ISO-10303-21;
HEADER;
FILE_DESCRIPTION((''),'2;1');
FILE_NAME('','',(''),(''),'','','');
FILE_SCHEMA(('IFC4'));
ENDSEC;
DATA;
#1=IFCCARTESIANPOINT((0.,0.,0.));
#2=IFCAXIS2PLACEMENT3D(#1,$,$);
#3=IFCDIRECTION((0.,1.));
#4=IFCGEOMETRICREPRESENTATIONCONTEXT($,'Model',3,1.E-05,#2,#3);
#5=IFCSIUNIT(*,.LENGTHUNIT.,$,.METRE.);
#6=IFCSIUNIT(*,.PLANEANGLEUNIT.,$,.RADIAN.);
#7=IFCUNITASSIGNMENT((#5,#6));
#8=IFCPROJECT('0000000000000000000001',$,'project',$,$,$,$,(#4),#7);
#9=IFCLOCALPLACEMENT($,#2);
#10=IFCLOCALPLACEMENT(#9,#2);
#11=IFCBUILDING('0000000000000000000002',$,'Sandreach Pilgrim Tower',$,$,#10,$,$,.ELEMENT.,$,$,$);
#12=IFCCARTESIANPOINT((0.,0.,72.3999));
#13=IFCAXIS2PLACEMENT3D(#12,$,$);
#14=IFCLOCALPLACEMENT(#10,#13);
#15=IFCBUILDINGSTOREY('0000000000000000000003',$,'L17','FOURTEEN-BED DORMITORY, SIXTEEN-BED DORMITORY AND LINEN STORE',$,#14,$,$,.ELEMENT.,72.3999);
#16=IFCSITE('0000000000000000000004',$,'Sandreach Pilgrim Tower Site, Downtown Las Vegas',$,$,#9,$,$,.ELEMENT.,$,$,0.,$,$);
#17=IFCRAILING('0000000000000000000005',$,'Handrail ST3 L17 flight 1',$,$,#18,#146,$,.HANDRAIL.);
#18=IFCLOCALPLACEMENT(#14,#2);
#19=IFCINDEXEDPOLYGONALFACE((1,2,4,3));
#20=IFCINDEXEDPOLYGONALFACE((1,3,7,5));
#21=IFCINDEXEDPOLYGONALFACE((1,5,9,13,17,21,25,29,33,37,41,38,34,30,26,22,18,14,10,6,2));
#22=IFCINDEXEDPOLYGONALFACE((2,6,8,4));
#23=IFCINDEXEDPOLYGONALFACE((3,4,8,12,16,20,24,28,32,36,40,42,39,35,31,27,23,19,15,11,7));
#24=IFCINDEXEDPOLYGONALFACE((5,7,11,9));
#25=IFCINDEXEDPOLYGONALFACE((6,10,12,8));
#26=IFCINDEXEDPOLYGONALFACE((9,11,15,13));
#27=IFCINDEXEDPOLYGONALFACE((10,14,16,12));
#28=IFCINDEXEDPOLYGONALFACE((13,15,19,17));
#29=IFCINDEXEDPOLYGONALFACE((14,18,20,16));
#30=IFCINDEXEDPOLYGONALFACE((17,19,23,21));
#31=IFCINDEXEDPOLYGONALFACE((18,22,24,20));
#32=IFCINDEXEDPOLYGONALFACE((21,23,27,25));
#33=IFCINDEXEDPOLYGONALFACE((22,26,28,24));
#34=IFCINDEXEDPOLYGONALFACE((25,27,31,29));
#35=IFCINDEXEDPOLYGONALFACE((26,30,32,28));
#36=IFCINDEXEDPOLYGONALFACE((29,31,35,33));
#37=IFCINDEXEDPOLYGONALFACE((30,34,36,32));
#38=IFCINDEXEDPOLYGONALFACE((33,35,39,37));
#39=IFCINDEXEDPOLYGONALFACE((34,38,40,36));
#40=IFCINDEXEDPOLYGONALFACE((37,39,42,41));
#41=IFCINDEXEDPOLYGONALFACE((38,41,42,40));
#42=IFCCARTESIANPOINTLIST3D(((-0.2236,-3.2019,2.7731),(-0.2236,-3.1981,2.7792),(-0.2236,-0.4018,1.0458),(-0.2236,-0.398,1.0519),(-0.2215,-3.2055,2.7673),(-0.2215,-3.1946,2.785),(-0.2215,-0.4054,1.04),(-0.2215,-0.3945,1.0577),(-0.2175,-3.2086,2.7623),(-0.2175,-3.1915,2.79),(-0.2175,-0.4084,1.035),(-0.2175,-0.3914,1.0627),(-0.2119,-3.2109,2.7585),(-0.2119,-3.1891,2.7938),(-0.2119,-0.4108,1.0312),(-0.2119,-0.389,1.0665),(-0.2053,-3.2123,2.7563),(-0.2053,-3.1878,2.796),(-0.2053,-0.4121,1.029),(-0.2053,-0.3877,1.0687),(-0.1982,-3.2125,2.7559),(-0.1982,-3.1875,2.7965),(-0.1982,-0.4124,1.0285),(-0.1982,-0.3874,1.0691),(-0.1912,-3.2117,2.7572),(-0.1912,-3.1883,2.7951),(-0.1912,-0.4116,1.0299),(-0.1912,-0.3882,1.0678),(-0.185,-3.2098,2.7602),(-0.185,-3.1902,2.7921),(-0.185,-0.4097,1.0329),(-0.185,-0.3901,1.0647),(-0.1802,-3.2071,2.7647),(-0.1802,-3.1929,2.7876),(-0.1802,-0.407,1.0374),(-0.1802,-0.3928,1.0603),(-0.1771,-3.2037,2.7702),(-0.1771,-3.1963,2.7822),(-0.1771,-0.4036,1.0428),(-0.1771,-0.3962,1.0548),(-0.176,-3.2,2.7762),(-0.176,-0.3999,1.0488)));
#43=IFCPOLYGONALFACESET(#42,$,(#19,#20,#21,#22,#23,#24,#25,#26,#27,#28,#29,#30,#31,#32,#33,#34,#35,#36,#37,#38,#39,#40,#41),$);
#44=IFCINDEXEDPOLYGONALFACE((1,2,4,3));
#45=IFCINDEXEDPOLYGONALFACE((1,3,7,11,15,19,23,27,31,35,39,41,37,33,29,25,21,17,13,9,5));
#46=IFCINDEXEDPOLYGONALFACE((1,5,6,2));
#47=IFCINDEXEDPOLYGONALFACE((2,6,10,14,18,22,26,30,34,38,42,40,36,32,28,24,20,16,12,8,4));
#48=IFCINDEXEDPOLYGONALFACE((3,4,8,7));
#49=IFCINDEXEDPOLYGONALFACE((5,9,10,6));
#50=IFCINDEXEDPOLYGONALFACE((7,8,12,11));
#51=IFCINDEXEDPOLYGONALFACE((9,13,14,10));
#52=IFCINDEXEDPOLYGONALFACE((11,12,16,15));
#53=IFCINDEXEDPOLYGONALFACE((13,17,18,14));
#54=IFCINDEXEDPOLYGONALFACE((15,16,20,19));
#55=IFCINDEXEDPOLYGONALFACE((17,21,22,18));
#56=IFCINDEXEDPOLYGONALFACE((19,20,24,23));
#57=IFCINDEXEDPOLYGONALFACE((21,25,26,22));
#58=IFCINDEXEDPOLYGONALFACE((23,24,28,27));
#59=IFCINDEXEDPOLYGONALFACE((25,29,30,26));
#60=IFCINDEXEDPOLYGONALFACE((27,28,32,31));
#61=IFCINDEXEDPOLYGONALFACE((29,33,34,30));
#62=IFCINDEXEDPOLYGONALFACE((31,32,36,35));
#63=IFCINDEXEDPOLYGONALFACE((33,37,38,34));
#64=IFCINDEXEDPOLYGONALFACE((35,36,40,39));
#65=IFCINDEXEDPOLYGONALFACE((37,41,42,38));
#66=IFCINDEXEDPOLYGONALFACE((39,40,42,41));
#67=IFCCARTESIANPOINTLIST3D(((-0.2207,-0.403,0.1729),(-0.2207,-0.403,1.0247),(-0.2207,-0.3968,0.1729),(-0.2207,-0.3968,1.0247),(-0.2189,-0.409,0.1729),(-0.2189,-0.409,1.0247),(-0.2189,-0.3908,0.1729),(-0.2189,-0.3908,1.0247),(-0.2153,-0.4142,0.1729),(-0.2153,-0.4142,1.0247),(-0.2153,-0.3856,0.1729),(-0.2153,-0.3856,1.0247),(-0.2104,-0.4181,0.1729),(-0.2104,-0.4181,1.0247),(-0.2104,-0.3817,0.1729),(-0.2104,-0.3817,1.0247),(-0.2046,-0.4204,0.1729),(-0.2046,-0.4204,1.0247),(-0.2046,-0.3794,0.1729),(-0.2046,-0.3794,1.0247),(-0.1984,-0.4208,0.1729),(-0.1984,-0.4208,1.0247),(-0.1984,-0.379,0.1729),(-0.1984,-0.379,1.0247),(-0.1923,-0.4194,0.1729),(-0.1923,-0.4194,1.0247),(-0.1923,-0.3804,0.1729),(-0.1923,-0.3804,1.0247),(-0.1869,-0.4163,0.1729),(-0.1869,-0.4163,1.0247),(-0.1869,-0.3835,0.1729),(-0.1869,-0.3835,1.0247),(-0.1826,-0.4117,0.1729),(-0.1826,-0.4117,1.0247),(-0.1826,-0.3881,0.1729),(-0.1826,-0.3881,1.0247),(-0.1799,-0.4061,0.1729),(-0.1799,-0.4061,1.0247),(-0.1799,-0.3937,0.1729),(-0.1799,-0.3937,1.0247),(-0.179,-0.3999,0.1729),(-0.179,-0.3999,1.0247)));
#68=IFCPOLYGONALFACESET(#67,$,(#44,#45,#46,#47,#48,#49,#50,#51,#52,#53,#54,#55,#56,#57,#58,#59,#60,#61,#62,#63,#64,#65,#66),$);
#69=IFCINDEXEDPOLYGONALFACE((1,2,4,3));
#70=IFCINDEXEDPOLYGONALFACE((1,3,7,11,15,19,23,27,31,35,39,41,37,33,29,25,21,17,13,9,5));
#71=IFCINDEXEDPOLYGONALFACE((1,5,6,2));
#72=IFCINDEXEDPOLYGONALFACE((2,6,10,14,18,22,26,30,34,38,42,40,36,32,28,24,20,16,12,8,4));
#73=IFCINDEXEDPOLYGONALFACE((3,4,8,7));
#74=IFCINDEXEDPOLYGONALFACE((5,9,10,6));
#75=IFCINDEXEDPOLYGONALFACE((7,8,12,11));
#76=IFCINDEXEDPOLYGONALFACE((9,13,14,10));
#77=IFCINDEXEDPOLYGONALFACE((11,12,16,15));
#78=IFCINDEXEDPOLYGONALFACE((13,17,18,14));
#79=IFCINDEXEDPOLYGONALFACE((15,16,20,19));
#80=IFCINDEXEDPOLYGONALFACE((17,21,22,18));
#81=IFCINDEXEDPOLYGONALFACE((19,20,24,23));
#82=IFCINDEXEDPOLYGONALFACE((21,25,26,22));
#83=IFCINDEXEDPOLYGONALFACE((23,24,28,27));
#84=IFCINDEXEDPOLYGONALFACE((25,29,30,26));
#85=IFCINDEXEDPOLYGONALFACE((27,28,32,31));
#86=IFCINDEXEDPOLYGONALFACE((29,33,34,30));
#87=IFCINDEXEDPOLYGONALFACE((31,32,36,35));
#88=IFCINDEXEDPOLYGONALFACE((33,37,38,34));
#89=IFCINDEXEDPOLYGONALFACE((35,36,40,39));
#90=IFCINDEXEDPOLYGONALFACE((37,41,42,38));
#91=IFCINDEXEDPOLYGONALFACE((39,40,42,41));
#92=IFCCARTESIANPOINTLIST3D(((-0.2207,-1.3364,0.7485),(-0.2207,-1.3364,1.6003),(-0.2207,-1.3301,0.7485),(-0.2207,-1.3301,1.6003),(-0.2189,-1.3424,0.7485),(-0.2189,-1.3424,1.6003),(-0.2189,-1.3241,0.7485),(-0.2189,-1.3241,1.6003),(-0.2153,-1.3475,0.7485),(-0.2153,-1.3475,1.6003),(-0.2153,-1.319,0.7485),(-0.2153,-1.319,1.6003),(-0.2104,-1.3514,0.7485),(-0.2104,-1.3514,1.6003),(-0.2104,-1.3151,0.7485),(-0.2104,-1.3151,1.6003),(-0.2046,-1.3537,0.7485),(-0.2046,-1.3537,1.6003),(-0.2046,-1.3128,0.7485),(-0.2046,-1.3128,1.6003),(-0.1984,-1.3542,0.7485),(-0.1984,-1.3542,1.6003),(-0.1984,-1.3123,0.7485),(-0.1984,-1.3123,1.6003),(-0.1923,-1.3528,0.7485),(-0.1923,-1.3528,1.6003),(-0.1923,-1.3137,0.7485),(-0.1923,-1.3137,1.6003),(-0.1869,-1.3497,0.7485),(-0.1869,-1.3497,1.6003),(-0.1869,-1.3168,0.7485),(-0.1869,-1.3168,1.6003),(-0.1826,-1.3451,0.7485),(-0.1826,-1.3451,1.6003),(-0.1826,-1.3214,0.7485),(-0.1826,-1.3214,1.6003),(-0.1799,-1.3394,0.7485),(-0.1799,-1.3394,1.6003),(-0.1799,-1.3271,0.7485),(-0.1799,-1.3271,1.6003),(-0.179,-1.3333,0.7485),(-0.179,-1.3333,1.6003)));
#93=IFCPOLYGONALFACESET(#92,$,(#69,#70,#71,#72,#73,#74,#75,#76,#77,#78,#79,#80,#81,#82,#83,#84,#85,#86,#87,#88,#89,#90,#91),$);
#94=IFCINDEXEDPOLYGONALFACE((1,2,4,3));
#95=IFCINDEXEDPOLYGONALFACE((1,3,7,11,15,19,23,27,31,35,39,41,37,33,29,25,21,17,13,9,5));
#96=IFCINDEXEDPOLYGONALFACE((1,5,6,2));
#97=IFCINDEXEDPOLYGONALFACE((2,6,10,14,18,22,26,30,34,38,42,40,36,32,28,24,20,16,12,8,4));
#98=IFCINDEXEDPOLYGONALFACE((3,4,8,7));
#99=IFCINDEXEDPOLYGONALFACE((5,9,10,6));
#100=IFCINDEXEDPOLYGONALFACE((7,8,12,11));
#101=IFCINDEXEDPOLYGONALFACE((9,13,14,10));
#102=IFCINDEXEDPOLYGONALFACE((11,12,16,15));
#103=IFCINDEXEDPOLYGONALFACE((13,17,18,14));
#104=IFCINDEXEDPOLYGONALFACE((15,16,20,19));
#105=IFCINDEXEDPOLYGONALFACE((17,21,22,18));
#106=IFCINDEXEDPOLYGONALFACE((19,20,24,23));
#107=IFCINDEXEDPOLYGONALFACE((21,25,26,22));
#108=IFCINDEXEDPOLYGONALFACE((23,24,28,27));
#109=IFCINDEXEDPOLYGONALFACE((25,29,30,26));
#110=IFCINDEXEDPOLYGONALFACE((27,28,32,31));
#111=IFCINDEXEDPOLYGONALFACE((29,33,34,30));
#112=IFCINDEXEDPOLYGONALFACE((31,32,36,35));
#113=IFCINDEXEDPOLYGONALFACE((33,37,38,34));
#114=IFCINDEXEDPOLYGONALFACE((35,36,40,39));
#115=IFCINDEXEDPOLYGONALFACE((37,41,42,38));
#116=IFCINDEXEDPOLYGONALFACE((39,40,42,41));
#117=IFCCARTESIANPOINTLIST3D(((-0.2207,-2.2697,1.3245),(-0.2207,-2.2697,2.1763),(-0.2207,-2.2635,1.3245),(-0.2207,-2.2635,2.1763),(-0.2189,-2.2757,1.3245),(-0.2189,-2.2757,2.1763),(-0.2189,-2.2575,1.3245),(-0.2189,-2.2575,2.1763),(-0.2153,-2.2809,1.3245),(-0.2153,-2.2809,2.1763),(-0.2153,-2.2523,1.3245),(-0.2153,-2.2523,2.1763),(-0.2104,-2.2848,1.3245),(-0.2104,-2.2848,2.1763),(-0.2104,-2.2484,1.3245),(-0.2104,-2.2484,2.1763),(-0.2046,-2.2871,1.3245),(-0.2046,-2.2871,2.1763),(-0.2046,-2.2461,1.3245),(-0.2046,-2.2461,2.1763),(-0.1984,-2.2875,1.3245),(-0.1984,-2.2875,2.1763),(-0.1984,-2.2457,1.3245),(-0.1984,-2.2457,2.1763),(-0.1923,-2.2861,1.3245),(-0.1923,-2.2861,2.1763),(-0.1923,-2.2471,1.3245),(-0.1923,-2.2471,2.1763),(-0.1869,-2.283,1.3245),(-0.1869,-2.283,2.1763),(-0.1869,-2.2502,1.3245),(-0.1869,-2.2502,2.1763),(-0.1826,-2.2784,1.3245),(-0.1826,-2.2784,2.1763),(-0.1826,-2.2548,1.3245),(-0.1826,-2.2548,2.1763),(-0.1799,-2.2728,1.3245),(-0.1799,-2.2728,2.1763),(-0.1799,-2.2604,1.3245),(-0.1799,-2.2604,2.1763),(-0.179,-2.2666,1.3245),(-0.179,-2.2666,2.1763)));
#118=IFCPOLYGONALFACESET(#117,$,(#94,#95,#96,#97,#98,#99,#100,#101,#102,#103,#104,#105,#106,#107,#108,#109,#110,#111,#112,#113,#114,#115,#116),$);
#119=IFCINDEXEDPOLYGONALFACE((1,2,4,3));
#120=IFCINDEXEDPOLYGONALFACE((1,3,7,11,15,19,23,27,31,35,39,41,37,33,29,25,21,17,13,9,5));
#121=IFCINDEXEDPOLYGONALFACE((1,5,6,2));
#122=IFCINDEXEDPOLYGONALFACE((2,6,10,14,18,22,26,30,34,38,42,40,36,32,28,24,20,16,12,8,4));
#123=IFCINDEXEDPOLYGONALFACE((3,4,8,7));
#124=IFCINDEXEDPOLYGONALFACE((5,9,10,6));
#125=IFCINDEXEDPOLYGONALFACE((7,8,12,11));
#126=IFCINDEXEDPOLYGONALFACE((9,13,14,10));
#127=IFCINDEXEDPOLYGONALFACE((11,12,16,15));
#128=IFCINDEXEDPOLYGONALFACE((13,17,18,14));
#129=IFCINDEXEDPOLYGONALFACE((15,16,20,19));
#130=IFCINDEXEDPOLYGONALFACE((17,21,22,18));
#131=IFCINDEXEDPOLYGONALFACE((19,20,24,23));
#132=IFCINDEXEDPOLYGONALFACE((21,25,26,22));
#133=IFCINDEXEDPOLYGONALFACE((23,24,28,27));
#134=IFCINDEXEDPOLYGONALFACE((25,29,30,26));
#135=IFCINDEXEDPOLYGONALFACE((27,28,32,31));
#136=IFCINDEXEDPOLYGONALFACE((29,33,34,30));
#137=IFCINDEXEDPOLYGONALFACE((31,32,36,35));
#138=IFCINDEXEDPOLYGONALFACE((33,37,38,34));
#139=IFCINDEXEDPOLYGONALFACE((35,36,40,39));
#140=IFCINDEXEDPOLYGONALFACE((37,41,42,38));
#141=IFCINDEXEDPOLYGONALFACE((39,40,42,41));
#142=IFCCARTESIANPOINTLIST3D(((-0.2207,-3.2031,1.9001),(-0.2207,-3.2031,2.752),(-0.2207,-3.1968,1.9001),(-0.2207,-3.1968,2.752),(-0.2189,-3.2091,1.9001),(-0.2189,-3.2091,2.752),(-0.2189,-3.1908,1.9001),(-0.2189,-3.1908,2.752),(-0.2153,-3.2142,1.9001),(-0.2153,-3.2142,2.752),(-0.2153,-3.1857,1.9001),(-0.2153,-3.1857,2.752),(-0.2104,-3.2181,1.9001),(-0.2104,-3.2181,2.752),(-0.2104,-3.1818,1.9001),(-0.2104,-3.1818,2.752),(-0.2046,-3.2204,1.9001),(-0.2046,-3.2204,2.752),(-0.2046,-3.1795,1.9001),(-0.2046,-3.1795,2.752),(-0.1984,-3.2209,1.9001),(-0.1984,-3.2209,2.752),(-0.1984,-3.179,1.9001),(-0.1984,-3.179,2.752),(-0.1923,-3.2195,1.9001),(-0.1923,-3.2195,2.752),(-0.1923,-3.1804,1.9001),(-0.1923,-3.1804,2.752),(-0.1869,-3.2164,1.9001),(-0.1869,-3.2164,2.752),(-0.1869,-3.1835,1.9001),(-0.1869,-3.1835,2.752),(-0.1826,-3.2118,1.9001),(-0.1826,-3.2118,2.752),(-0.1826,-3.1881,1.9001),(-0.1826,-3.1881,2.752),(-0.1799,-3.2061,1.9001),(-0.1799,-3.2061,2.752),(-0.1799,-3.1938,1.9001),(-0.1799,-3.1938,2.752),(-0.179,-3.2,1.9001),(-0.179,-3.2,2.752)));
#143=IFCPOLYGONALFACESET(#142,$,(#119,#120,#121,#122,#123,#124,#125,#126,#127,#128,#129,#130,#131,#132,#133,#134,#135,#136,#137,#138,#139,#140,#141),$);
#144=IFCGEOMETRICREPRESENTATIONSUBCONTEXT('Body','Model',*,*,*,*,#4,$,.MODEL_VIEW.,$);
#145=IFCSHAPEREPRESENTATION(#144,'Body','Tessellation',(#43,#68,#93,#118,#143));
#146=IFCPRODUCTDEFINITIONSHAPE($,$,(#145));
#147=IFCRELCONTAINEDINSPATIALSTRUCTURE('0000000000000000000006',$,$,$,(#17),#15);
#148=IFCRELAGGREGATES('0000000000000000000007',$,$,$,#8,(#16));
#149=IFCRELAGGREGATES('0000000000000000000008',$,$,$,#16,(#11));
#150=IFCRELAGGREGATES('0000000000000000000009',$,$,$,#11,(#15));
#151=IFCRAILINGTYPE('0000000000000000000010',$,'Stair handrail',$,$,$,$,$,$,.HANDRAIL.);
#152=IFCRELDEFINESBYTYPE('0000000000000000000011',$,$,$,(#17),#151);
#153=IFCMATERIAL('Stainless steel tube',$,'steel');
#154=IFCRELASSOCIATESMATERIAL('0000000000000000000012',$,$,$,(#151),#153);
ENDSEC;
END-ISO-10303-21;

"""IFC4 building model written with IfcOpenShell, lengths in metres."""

from ifc_helpers import new_model, si_unit, direction, frame, origin, origin_2d, place, context, subcontext, project, spatial, circle, extrude, material, type_object, element, save


model = new_model("IFC4")

# Units and contexts
model_context = context("Model", 3, precision=1e-05, world=origin(), true_north=direction((0.0, 1.0)))
body_context = subcontext(model_context, "Body", "Model", "MODEL_VIEW")
ifc_project = project(units=[si_unit("LENGTHUNIT", "METRE"), si_unit("PLANEANGLEUNIT", "RADIAN")], contexts=[model_context])

# Site, building, storey
site_placement = place(None, origin())
site = spatial("IfcSite", under=ifc_project, at=site_placement, Name="Sandreach Pilgrim Tower Site, Downtown Las Vegas", CompositionType="ELEMENT", RefElevation=0.0)
building_placement = place(site_placement, origin())
building = spatial("IfcBuilding", under=site, at=building_placement, Name="Sandreach Pilgrim Tower", CompositionType="ELEMENT")
storey_placement = place(building_placement, frame((0.0, 0.0, 72.3999)))
storey = spatial("IfcBuildingStorey", under=building, at=storey_placement, Name="L17", Description="FOURTEEN-BED DORMITORY, SIXTEEN-BED DORMITORY AND LINEN STORE", CompositionType="ELEMENT", Elevation=72.3999)

# Railing
ifc_material_1 = material(Name="Stainless steel tube", Category="steel")
railing_type = type_object("IfcRailingType", Name="Stair handrail", PredefinedType="HANDRAIL", material=ifc_material_1)
for number, where, name in (
    (1, (-0.2, -0.3999, 0.1729), "Handrail ST3 L17 flight 1"),
):
    element("IfcRailing", number, at=place(storey_placement, frame(where)), inside=storey, type_object=railing_type, Name=name, PredefinedType="HANDRAIL", context=body_context, shape_type="SweptSolid", body=[
        extrude(circle(Radius=0.0239, at=origin_2d()), frame((0.0, 0.0, 0.876), z_axis=(0.0, -0.85109, 0.52502), x_axis=(1.0, 0.0, 0.0)), (0.0, 0.0, 1.0), 3.29),
        extrude(circle(Radius=0.021, at=origin_2d()), origin(), (0.0, 0.0, 1.0), 0.8518),
        extrude(circle(Radius=0.021, at=origin_2d()), frame((0.0, -0.9333, 0.5757)), (0.0, 0.0, 1.0), 0.8518),
        extrude(circle(Radius=0.021, at=origin_2d()), frame((0.0, -1.8667, 1.1516)), (0.0, 0.0, 1.0), 0.8518),
        extrude(circle(Radius=0.021, at=origin_2d()), frame((0.0, -2.8, 1.7273)), (0.0, 0.0, 1.0), 0.8518),
    ])

save(model, "model.ifc")
